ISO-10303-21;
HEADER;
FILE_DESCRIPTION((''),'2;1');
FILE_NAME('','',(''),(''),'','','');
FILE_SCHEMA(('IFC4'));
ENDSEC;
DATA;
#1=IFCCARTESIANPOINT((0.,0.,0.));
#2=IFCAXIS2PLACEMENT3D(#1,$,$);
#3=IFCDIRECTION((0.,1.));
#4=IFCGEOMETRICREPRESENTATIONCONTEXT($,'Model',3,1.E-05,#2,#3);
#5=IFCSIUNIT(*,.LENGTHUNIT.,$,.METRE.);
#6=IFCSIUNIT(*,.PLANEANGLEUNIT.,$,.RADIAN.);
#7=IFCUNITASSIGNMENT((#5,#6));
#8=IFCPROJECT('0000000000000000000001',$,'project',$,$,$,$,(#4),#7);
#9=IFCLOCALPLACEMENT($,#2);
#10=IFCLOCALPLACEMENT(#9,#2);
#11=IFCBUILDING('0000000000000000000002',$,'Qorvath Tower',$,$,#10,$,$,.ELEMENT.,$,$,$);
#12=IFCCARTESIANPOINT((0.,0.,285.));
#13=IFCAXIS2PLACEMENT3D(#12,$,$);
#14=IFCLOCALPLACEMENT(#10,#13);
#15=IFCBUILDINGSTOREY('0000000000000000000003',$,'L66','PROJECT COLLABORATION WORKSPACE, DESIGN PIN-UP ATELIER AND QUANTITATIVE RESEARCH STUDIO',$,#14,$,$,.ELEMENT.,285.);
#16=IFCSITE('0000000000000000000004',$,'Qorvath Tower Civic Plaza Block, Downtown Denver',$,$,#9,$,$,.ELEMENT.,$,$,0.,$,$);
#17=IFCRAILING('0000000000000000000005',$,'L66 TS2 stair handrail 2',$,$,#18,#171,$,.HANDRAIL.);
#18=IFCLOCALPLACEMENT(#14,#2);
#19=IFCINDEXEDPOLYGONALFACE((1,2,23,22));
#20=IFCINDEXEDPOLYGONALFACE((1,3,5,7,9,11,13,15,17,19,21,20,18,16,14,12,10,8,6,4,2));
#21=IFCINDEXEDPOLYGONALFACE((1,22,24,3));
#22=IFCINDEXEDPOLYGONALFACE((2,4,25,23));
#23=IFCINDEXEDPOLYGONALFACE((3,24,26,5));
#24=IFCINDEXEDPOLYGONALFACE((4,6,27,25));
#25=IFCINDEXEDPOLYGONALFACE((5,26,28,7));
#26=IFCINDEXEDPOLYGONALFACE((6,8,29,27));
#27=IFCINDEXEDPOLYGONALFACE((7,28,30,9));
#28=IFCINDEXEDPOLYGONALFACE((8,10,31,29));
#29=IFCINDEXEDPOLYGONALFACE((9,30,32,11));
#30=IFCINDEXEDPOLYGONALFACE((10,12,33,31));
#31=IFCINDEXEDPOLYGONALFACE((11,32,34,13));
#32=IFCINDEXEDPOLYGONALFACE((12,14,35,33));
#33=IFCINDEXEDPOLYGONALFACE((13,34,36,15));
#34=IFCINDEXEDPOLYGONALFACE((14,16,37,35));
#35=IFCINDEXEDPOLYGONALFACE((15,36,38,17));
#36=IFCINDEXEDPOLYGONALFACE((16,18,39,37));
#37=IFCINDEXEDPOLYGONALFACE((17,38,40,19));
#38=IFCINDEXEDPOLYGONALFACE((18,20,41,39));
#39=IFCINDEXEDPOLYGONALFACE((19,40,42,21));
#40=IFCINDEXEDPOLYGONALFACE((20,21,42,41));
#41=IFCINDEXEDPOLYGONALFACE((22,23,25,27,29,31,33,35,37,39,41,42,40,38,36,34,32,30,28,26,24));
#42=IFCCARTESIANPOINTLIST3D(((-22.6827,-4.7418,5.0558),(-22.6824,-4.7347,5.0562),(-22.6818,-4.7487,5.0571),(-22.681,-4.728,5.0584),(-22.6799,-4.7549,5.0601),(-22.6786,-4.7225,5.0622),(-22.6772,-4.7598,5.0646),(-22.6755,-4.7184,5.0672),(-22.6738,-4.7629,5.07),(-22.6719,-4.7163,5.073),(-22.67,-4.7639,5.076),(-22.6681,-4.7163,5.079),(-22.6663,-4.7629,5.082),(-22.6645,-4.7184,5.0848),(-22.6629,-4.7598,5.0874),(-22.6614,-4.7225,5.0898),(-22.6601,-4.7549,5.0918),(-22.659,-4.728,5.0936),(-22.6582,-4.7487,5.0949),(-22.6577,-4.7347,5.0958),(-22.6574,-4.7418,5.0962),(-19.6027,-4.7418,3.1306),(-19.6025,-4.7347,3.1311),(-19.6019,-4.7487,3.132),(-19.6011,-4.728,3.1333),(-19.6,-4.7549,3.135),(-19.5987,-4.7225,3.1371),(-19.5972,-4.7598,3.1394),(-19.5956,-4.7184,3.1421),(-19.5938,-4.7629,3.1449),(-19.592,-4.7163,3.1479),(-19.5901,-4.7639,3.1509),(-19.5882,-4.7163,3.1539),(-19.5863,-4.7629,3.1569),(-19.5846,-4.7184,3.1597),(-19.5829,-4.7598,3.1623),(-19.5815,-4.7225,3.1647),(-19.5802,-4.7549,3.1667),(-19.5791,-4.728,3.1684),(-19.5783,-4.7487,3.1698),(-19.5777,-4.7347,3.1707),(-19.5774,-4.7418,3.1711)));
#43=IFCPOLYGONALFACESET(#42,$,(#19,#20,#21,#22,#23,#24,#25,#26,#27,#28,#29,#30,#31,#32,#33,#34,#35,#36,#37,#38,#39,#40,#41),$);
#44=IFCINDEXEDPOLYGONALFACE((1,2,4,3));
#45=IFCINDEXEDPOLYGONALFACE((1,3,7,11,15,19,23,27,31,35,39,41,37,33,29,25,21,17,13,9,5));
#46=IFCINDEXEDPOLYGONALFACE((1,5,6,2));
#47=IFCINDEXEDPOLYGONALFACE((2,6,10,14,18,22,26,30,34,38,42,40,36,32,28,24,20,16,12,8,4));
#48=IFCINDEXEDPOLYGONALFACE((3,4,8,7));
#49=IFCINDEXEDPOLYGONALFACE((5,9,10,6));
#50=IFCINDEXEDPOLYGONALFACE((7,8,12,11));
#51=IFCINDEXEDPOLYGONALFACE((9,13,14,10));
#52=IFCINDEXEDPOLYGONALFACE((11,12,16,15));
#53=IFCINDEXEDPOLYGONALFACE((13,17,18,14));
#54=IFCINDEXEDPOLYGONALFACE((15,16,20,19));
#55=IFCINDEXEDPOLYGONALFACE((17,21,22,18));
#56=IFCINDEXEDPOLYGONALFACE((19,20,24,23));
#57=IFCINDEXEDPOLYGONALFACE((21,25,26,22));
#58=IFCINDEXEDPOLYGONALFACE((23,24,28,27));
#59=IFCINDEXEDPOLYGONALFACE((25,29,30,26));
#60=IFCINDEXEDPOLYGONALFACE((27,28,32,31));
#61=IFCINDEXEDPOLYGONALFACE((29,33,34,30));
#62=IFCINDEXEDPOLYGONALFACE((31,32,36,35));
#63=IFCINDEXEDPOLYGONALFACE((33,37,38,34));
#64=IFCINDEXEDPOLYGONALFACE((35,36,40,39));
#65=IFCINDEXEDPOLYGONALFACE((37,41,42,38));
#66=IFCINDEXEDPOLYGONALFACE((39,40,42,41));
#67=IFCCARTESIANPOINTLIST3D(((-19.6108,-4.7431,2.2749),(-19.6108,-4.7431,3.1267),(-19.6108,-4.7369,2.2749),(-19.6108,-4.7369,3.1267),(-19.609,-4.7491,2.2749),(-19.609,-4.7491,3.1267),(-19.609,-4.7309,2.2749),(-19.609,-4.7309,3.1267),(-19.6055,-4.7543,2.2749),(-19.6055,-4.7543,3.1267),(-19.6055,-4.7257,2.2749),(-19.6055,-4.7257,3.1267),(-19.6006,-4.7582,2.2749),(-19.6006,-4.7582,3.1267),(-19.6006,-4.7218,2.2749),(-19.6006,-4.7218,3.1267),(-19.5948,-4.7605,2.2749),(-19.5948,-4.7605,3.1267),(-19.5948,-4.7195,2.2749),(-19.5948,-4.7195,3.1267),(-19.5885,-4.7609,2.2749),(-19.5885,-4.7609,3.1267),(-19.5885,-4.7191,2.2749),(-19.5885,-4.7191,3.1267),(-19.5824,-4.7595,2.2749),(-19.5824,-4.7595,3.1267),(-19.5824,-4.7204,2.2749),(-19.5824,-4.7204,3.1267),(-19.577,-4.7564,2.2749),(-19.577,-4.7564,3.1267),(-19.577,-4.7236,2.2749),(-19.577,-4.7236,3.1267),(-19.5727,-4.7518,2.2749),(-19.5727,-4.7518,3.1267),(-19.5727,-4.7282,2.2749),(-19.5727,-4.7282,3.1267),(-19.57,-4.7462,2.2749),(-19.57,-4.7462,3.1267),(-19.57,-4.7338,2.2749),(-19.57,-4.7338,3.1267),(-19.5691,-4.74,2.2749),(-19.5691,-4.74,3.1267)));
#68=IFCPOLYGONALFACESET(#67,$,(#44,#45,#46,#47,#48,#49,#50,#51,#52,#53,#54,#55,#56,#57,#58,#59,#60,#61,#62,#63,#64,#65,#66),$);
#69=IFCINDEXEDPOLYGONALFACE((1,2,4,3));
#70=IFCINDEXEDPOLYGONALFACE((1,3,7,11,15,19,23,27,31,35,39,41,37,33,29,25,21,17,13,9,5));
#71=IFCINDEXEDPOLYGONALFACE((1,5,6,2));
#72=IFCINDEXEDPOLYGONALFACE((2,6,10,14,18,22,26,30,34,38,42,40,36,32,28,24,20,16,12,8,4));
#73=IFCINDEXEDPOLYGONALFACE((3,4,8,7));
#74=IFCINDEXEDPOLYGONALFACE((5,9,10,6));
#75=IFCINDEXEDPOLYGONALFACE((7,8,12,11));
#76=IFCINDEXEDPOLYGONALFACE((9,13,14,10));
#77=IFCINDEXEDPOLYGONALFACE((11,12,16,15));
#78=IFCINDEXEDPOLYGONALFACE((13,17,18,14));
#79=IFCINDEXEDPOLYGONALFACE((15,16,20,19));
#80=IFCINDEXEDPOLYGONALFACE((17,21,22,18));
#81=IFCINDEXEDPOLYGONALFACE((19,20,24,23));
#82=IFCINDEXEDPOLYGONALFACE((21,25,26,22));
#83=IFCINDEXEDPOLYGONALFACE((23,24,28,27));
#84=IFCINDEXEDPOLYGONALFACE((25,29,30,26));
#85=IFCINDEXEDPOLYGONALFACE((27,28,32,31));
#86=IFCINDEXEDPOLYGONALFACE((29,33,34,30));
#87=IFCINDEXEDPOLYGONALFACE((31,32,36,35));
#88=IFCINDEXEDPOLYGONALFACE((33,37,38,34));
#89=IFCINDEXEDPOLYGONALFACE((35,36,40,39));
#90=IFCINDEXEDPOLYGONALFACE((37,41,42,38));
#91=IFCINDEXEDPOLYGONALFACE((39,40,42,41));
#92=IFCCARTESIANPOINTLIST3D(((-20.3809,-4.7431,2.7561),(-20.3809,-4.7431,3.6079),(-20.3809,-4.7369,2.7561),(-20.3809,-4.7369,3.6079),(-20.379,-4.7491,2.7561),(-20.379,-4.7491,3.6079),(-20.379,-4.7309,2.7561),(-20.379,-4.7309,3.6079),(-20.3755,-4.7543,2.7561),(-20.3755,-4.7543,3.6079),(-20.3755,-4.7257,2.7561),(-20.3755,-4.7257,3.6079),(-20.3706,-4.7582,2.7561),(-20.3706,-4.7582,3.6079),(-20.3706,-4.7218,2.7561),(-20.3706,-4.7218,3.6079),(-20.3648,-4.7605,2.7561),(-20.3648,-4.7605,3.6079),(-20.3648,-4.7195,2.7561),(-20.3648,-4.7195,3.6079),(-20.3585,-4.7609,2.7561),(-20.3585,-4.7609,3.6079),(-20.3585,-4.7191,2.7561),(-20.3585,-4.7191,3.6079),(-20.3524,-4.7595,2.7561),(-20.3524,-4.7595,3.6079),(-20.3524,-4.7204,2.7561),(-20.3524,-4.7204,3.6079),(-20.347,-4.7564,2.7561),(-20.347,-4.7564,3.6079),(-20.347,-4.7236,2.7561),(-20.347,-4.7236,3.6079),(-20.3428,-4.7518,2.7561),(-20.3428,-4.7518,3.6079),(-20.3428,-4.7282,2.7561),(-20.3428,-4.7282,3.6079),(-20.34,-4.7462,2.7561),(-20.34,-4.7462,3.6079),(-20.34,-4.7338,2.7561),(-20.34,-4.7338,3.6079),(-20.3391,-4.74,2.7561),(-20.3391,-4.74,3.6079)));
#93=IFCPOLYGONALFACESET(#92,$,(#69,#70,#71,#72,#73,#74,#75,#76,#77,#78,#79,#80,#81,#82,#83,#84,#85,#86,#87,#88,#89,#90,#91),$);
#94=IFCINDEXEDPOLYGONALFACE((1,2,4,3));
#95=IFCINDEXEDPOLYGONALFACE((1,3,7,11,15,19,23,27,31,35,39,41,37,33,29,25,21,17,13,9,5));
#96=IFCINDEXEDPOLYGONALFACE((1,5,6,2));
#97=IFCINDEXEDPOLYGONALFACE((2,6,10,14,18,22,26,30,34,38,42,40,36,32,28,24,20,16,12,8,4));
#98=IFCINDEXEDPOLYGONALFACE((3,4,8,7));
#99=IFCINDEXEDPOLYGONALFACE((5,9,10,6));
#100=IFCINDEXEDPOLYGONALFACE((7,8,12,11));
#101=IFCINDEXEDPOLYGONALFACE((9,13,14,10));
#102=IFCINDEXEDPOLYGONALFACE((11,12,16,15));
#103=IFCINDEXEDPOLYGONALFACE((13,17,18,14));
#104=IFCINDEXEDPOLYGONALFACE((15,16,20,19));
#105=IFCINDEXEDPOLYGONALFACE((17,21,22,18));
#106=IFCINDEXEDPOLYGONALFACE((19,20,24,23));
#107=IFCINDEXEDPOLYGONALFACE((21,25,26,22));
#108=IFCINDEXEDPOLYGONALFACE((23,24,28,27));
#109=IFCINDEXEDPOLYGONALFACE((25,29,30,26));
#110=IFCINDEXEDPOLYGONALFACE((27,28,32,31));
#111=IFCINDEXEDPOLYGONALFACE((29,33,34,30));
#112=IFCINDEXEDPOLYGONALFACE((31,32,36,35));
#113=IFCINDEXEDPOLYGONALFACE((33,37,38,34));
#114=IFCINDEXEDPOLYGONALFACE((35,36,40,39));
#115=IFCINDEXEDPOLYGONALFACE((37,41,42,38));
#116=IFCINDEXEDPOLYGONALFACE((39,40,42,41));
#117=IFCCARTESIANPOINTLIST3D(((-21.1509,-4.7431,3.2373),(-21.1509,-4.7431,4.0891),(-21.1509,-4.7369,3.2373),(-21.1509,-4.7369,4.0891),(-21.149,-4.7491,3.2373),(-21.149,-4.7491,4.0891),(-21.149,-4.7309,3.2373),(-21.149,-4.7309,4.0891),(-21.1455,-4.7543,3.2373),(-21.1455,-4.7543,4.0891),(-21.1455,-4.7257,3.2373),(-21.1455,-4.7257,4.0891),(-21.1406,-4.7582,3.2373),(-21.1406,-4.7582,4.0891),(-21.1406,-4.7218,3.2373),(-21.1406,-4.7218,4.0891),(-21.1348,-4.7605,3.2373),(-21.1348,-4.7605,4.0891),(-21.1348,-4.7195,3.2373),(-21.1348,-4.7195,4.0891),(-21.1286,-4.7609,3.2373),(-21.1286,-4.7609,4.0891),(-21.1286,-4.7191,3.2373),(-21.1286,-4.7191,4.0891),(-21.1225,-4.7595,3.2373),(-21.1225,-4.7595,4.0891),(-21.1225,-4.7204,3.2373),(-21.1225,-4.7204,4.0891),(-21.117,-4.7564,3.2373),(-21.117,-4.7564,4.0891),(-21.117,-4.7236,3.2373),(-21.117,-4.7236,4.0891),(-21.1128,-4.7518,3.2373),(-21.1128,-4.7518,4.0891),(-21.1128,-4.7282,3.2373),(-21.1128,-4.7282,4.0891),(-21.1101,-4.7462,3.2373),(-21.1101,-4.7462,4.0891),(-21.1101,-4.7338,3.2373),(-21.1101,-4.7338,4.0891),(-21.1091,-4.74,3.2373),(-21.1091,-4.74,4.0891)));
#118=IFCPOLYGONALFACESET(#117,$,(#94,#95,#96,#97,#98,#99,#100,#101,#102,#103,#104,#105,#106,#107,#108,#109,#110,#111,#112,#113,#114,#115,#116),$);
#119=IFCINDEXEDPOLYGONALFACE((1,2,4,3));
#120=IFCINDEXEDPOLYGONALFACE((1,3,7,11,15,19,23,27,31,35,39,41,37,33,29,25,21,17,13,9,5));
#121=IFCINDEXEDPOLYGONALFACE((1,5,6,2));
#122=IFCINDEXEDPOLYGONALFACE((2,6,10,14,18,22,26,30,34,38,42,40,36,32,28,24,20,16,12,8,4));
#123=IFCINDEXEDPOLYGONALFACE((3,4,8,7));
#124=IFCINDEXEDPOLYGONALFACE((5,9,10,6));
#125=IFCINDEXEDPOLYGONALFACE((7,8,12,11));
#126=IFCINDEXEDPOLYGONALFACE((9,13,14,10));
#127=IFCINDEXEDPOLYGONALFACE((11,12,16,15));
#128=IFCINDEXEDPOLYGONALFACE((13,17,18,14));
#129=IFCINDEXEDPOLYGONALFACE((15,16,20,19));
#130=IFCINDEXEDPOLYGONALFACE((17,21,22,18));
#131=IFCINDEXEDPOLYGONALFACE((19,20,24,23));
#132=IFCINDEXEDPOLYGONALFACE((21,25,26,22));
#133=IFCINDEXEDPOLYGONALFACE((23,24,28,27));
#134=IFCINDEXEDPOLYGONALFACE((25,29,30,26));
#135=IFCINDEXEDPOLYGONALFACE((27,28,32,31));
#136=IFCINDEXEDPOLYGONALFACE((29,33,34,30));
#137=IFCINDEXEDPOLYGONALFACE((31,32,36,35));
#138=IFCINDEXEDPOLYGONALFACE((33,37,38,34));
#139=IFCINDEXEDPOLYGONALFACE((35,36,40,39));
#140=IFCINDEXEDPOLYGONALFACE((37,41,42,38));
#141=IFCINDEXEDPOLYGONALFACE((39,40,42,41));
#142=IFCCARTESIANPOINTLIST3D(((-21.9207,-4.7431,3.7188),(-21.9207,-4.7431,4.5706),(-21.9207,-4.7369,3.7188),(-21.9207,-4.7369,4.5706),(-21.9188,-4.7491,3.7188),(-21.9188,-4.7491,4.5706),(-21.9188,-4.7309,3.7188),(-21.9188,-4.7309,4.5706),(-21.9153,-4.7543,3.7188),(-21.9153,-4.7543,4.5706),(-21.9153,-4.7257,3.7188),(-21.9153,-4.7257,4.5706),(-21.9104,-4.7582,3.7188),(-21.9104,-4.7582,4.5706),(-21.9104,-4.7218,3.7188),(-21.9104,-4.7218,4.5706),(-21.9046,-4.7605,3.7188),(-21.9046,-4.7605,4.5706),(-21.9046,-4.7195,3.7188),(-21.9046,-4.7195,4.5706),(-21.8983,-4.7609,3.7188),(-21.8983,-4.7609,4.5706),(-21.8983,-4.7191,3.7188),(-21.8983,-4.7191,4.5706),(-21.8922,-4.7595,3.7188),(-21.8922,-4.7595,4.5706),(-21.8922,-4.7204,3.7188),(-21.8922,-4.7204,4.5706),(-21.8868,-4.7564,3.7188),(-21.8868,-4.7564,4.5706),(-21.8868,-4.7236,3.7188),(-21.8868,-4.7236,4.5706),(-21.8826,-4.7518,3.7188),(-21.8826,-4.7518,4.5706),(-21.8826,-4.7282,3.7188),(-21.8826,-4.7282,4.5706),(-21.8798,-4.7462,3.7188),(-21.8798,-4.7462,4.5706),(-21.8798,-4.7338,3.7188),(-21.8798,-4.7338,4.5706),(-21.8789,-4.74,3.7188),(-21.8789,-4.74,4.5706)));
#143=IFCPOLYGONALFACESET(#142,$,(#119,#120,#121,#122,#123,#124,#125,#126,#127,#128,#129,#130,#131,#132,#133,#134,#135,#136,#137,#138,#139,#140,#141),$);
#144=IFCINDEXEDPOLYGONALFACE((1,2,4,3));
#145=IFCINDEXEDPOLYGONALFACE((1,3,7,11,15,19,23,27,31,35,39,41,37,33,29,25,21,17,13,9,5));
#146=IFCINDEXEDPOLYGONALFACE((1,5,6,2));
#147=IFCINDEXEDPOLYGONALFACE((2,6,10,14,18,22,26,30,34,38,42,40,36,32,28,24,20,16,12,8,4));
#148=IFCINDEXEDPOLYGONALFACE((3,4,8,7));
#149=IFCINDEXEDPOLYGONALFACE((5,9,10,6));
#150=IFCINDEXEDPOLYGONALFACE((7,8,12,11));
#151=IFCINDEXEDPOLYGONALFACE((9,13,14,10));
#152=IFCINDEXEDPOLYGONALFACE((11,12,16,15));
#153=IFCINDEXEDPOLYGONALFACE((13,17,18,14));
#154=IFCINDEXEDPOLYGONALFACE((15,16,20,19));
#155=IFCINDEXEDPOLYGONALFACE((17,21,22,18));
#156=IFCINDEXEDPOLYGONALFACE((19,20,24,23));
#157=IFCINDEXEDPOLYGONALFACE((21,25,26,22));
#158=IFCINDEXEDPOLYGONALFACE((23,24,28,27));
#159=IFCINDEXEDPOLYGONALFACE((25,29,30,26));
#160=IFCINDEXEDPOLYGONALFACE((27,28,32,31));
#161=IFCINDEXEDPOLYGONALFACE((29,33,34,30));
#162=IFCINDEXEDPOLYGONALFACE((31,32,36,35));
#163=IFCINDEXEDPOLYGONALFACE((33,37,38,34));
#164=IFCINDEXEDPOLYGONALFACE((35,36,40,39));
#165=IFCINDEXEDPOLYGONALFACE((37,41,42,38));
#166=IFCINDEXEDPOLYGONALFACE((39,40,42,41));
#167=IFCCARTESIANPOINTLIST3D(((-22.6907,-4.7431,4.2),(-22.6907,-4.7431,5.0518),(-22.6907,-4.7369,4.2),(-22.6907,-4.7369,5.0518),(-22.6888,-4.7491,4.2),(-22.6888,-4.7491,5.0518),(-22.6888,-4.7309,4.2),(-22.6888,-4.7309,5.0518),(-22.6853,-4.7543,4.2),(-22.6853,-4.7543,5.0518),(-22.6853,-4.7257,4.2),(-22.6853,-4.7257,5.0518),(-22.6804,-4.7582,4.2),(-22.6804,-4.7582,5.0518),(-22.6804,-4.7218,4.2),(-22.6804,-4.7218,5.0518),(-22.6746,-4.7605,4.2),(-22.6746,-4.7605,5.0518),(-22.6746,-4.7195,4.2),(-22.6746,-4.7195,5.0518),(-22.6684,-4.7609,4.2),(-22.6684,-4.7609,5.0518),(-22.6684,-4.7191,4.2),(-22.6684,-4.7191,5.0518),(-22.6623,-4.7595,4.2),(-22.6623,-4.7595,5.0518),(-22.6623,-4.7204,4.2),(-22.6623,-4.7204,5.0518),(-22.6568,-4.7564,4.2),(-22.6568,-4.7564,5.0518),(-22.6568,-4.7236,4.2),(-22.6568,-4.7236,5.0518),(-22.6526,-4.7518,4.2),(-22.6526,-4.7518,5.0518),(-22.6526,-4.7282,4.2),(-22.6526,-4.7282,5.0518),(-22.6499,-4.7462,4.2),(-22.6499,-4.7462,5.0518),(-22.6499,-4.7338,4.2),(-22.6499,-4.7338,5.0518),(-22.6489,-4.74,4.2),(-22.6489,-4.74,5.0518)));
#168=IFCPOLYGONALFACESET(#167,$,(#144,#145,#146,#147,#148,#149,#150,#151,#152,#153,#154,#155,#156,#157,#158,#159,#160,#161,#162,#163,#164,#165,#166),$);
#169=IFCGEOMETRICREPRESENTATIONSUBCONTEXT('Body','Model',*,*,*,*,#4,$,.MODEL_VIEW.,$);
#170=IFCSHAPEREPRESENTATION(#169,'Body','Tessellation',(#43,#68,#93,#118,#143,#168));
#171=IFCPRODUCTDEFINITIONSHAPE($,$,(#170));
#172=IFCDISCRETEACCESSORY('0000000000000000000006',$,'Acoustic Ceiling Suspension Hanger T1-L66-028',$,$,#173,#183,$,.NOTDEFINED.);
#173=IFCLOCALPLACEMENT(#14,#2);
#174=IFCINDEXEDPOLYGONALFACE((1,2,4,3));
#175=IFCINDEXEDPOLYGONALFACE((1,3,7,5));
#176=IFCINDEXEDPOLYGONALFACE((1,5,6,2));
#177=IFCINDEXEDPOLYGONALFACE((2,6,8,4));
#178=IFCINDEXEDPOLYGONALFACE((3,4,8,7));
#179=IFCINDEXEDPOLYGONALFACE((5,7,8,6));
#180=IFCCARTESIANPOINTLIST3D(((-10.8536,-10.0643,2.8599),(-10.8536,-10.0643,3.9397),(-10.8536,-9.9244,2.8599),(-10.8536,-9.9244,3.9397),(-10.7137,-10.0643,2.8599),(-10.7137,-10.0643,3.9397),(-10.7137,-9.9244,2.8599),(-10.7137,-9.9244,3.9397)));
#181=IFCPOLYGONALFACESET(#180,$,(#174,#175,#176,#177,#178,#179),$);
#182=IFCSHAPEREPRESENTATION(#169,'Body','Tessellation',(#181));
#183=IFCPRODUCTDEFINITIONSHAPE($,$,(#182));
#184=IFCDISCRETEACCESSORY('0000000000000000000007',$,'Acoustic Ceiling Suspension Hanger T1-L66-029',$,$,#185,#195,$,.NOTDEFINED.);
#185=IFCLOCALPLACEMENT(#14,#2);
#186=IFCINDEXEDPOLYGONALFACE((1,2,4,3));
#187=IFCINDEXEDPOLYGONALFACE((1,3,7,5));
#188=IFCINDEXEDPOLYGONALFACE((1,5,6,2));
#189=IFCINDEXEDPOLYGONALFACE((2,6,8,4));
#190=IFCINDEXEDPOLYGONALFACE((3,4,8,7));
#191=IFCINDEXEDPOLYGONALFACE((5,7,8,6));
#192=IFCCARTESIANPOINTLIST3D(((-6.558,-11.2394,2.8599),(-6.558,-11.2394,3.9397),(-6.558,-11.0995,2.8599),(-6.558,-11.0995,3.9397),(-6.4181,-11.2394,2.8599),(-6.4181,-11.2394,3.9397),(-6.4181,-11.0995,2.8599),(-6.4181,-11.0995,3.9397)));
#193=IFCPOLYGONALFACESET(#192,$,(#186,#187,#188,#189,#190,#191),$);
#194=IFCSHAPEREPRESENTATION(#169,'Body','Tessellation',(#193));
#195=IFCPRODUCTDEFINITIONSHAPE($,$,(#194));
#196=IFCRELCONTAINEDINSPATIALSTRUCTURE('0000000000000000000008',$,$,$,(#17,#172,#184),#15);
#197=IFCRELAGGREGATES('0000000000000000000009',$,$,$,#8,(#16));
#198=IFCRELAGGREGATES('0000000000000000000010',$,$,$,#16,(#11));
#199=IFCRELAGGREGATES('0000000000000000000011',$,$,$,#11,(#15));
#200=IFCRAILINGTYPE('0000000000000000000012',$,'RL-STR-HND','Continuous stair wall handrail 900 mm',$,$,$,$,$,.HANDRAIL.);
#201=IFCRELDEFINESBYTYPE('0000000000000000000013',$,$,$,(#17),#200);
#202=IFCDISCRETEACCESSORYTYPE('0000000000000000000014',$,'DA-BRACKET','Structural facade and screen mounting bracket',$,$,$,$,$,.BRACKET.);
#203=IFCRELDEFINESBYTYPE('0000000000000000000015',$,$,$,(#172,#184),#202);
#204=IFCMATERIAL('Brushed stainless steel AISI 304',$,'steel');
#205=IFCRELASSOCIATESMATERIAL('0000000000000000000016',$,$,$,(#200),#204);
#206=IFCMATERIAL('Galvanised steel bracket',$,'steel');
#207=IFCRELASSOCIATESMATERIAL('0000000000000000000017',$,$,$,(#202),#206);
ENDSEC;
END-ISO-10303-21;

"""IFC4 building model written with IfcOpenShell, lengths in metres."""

from ifc_helpers import new_model, si_unit, direction, frame, origin, origin_2d, place, context, subcontext, project, spatial, rectangle, circle, extrude, material, type_object, element, save


model = new_model("IFC4")

# Units and contexts
model_context = context("Model", 3, precision=1e-05, world=origin(), true_north=direction((0.0, 1.0)))
body_context = subcontext(model_context, "Body", "Model", "MODEL_VIEW")
ifc_project = project(units=[si_unit("LENGTHUNIT", "METRE"), si_unit("PLANEANGLEUNIT", "RADIAN")], contexts=[model_context])

# Site, building, storey
site_placement = place(None, origin())
site = spatial("IfcSite", under=ifc_project, at=site_placement, Name="Qorvath Tower Civic Plaza Block, Downtown Denver", CompositionType="ELEMENT", RefElevation=0.0)
building_placement = place(site_placement, origin())
building = spatial("IfcBuilding", under=site, at=building_placement, Name="Qorvath Tower", CompositionType="ELEMENT")
storey_placement = place(building_placement, frame((0.0, 0.0, 285.0)))
storey = spatial("IfcBuildingStorey", under=building, at=storey_placement, Name="L66", Description="PROJECT COLLABORATION WORKSPACE, DESIGN PIN-UP ATELIER AND QUANTITATIVE RESEARCH STUDIO", CompositionType="ELEMENT", Elevation=285.0)

# Railing
ifc_material_1 = material(Name="Brushed stainless steel AISI 304", Category="steel")
railing_type_1 = type_object("IfcRailingType", Name="RL-STR-HND", Description="Continuous stair wall handrail 900 mm", PredefinedType="HANDRAIL", material=ifc_material_1)
railing_1_placement = place(storey_placement, frame((-19.5901, -4.74, 2.2749)))
element("IfcRailing", 1, at=railing_1_placement, inside=storey, type_object=railing_type_1, Name="L66 TS2 stair handrail 2", PredefinedType="HANDRAIL", context=body_context, shape_type="SweptSolid", body=[
    extrude(circle(Radius=0.0239, at=origin_2d()), frame((0.0, 0.0, 0.876), z_axis=(-0.847979, 0.0, 0.530029), x_axis=(0.0, -1.0, 0.0)), (0.0, 0.0, 1.0), 3.6321),
    extrude(circle(Radius=0.021, at=origin_2d()), origin(), (0.0, 0.0, 1.0), 0.8518),
    extrude(circle(Radius=0.021, at=origin_2d()), frame((-0.77, 0.0, 0.4812)), (0.0, 0.0, 1.0), 0.8518),
    extrude(circle(Radius=0.021, at=origin_2d()), frame((-1.54, 0.0, 0.9624)), (0.0, 0.0, 1.0), 0.8518),
    extrude(circle(Radius=0.021, at=origin_2d()), frame((-2.3098, 0.0, 1.4438)), (0.0, 0.0, 1.0), 0.8518),
    extrude(circle(Radius=0.021, at=origin_2d()), frame((-3.0798, 0.0, 1.925)), (0.0, 0.0, 1.0), 0.8518),
])

# Discrete accessories
ifc_material_2 = material(Name="Galvanised steel bracket", Category="steel")
discrete_accessory_type = type_object("IfcDiscreteAccessoryType", Name="DA-BRACKET", Description="Structural facade and screen mounting bracket", PredefinedType="BRACKET", material=ifc_material_2)
for number, where, z_axis, x_axis, name in (
    (2, (-10.7837, -9.9944, 2.8599), (0.0, 0.0, 1.0), (1.0, 0.0, 0.0), "Acoustic Ceiling Suspension Hanger T1-L66-028"),
    (3, (-6.488, -11.1694, 2.8599), (0.0, 0.0, 1.0), (1.0, 0.0, 0.0), "Acoustic Ceiling Suspension Hanger T1-L66-029"),
):
    element("IfcDiscreteAccessory", number, at=place(storey_placement, frame(where, z_axis=z_axis, x_axis=x_axis)), inside=storey, type_object=discrete_accessory_type, Name=name, PredefinedType="NOTDEFINED", context=body_context, shape_type="SweptSolid", body=[
        extrude(rectangle(XDim=0.1399, YDim=0.1399, at=origin_2d()), origin(), (0.0, 0.0, 1.0), 1.0798),
    ])

save(model, "model.ifc")
